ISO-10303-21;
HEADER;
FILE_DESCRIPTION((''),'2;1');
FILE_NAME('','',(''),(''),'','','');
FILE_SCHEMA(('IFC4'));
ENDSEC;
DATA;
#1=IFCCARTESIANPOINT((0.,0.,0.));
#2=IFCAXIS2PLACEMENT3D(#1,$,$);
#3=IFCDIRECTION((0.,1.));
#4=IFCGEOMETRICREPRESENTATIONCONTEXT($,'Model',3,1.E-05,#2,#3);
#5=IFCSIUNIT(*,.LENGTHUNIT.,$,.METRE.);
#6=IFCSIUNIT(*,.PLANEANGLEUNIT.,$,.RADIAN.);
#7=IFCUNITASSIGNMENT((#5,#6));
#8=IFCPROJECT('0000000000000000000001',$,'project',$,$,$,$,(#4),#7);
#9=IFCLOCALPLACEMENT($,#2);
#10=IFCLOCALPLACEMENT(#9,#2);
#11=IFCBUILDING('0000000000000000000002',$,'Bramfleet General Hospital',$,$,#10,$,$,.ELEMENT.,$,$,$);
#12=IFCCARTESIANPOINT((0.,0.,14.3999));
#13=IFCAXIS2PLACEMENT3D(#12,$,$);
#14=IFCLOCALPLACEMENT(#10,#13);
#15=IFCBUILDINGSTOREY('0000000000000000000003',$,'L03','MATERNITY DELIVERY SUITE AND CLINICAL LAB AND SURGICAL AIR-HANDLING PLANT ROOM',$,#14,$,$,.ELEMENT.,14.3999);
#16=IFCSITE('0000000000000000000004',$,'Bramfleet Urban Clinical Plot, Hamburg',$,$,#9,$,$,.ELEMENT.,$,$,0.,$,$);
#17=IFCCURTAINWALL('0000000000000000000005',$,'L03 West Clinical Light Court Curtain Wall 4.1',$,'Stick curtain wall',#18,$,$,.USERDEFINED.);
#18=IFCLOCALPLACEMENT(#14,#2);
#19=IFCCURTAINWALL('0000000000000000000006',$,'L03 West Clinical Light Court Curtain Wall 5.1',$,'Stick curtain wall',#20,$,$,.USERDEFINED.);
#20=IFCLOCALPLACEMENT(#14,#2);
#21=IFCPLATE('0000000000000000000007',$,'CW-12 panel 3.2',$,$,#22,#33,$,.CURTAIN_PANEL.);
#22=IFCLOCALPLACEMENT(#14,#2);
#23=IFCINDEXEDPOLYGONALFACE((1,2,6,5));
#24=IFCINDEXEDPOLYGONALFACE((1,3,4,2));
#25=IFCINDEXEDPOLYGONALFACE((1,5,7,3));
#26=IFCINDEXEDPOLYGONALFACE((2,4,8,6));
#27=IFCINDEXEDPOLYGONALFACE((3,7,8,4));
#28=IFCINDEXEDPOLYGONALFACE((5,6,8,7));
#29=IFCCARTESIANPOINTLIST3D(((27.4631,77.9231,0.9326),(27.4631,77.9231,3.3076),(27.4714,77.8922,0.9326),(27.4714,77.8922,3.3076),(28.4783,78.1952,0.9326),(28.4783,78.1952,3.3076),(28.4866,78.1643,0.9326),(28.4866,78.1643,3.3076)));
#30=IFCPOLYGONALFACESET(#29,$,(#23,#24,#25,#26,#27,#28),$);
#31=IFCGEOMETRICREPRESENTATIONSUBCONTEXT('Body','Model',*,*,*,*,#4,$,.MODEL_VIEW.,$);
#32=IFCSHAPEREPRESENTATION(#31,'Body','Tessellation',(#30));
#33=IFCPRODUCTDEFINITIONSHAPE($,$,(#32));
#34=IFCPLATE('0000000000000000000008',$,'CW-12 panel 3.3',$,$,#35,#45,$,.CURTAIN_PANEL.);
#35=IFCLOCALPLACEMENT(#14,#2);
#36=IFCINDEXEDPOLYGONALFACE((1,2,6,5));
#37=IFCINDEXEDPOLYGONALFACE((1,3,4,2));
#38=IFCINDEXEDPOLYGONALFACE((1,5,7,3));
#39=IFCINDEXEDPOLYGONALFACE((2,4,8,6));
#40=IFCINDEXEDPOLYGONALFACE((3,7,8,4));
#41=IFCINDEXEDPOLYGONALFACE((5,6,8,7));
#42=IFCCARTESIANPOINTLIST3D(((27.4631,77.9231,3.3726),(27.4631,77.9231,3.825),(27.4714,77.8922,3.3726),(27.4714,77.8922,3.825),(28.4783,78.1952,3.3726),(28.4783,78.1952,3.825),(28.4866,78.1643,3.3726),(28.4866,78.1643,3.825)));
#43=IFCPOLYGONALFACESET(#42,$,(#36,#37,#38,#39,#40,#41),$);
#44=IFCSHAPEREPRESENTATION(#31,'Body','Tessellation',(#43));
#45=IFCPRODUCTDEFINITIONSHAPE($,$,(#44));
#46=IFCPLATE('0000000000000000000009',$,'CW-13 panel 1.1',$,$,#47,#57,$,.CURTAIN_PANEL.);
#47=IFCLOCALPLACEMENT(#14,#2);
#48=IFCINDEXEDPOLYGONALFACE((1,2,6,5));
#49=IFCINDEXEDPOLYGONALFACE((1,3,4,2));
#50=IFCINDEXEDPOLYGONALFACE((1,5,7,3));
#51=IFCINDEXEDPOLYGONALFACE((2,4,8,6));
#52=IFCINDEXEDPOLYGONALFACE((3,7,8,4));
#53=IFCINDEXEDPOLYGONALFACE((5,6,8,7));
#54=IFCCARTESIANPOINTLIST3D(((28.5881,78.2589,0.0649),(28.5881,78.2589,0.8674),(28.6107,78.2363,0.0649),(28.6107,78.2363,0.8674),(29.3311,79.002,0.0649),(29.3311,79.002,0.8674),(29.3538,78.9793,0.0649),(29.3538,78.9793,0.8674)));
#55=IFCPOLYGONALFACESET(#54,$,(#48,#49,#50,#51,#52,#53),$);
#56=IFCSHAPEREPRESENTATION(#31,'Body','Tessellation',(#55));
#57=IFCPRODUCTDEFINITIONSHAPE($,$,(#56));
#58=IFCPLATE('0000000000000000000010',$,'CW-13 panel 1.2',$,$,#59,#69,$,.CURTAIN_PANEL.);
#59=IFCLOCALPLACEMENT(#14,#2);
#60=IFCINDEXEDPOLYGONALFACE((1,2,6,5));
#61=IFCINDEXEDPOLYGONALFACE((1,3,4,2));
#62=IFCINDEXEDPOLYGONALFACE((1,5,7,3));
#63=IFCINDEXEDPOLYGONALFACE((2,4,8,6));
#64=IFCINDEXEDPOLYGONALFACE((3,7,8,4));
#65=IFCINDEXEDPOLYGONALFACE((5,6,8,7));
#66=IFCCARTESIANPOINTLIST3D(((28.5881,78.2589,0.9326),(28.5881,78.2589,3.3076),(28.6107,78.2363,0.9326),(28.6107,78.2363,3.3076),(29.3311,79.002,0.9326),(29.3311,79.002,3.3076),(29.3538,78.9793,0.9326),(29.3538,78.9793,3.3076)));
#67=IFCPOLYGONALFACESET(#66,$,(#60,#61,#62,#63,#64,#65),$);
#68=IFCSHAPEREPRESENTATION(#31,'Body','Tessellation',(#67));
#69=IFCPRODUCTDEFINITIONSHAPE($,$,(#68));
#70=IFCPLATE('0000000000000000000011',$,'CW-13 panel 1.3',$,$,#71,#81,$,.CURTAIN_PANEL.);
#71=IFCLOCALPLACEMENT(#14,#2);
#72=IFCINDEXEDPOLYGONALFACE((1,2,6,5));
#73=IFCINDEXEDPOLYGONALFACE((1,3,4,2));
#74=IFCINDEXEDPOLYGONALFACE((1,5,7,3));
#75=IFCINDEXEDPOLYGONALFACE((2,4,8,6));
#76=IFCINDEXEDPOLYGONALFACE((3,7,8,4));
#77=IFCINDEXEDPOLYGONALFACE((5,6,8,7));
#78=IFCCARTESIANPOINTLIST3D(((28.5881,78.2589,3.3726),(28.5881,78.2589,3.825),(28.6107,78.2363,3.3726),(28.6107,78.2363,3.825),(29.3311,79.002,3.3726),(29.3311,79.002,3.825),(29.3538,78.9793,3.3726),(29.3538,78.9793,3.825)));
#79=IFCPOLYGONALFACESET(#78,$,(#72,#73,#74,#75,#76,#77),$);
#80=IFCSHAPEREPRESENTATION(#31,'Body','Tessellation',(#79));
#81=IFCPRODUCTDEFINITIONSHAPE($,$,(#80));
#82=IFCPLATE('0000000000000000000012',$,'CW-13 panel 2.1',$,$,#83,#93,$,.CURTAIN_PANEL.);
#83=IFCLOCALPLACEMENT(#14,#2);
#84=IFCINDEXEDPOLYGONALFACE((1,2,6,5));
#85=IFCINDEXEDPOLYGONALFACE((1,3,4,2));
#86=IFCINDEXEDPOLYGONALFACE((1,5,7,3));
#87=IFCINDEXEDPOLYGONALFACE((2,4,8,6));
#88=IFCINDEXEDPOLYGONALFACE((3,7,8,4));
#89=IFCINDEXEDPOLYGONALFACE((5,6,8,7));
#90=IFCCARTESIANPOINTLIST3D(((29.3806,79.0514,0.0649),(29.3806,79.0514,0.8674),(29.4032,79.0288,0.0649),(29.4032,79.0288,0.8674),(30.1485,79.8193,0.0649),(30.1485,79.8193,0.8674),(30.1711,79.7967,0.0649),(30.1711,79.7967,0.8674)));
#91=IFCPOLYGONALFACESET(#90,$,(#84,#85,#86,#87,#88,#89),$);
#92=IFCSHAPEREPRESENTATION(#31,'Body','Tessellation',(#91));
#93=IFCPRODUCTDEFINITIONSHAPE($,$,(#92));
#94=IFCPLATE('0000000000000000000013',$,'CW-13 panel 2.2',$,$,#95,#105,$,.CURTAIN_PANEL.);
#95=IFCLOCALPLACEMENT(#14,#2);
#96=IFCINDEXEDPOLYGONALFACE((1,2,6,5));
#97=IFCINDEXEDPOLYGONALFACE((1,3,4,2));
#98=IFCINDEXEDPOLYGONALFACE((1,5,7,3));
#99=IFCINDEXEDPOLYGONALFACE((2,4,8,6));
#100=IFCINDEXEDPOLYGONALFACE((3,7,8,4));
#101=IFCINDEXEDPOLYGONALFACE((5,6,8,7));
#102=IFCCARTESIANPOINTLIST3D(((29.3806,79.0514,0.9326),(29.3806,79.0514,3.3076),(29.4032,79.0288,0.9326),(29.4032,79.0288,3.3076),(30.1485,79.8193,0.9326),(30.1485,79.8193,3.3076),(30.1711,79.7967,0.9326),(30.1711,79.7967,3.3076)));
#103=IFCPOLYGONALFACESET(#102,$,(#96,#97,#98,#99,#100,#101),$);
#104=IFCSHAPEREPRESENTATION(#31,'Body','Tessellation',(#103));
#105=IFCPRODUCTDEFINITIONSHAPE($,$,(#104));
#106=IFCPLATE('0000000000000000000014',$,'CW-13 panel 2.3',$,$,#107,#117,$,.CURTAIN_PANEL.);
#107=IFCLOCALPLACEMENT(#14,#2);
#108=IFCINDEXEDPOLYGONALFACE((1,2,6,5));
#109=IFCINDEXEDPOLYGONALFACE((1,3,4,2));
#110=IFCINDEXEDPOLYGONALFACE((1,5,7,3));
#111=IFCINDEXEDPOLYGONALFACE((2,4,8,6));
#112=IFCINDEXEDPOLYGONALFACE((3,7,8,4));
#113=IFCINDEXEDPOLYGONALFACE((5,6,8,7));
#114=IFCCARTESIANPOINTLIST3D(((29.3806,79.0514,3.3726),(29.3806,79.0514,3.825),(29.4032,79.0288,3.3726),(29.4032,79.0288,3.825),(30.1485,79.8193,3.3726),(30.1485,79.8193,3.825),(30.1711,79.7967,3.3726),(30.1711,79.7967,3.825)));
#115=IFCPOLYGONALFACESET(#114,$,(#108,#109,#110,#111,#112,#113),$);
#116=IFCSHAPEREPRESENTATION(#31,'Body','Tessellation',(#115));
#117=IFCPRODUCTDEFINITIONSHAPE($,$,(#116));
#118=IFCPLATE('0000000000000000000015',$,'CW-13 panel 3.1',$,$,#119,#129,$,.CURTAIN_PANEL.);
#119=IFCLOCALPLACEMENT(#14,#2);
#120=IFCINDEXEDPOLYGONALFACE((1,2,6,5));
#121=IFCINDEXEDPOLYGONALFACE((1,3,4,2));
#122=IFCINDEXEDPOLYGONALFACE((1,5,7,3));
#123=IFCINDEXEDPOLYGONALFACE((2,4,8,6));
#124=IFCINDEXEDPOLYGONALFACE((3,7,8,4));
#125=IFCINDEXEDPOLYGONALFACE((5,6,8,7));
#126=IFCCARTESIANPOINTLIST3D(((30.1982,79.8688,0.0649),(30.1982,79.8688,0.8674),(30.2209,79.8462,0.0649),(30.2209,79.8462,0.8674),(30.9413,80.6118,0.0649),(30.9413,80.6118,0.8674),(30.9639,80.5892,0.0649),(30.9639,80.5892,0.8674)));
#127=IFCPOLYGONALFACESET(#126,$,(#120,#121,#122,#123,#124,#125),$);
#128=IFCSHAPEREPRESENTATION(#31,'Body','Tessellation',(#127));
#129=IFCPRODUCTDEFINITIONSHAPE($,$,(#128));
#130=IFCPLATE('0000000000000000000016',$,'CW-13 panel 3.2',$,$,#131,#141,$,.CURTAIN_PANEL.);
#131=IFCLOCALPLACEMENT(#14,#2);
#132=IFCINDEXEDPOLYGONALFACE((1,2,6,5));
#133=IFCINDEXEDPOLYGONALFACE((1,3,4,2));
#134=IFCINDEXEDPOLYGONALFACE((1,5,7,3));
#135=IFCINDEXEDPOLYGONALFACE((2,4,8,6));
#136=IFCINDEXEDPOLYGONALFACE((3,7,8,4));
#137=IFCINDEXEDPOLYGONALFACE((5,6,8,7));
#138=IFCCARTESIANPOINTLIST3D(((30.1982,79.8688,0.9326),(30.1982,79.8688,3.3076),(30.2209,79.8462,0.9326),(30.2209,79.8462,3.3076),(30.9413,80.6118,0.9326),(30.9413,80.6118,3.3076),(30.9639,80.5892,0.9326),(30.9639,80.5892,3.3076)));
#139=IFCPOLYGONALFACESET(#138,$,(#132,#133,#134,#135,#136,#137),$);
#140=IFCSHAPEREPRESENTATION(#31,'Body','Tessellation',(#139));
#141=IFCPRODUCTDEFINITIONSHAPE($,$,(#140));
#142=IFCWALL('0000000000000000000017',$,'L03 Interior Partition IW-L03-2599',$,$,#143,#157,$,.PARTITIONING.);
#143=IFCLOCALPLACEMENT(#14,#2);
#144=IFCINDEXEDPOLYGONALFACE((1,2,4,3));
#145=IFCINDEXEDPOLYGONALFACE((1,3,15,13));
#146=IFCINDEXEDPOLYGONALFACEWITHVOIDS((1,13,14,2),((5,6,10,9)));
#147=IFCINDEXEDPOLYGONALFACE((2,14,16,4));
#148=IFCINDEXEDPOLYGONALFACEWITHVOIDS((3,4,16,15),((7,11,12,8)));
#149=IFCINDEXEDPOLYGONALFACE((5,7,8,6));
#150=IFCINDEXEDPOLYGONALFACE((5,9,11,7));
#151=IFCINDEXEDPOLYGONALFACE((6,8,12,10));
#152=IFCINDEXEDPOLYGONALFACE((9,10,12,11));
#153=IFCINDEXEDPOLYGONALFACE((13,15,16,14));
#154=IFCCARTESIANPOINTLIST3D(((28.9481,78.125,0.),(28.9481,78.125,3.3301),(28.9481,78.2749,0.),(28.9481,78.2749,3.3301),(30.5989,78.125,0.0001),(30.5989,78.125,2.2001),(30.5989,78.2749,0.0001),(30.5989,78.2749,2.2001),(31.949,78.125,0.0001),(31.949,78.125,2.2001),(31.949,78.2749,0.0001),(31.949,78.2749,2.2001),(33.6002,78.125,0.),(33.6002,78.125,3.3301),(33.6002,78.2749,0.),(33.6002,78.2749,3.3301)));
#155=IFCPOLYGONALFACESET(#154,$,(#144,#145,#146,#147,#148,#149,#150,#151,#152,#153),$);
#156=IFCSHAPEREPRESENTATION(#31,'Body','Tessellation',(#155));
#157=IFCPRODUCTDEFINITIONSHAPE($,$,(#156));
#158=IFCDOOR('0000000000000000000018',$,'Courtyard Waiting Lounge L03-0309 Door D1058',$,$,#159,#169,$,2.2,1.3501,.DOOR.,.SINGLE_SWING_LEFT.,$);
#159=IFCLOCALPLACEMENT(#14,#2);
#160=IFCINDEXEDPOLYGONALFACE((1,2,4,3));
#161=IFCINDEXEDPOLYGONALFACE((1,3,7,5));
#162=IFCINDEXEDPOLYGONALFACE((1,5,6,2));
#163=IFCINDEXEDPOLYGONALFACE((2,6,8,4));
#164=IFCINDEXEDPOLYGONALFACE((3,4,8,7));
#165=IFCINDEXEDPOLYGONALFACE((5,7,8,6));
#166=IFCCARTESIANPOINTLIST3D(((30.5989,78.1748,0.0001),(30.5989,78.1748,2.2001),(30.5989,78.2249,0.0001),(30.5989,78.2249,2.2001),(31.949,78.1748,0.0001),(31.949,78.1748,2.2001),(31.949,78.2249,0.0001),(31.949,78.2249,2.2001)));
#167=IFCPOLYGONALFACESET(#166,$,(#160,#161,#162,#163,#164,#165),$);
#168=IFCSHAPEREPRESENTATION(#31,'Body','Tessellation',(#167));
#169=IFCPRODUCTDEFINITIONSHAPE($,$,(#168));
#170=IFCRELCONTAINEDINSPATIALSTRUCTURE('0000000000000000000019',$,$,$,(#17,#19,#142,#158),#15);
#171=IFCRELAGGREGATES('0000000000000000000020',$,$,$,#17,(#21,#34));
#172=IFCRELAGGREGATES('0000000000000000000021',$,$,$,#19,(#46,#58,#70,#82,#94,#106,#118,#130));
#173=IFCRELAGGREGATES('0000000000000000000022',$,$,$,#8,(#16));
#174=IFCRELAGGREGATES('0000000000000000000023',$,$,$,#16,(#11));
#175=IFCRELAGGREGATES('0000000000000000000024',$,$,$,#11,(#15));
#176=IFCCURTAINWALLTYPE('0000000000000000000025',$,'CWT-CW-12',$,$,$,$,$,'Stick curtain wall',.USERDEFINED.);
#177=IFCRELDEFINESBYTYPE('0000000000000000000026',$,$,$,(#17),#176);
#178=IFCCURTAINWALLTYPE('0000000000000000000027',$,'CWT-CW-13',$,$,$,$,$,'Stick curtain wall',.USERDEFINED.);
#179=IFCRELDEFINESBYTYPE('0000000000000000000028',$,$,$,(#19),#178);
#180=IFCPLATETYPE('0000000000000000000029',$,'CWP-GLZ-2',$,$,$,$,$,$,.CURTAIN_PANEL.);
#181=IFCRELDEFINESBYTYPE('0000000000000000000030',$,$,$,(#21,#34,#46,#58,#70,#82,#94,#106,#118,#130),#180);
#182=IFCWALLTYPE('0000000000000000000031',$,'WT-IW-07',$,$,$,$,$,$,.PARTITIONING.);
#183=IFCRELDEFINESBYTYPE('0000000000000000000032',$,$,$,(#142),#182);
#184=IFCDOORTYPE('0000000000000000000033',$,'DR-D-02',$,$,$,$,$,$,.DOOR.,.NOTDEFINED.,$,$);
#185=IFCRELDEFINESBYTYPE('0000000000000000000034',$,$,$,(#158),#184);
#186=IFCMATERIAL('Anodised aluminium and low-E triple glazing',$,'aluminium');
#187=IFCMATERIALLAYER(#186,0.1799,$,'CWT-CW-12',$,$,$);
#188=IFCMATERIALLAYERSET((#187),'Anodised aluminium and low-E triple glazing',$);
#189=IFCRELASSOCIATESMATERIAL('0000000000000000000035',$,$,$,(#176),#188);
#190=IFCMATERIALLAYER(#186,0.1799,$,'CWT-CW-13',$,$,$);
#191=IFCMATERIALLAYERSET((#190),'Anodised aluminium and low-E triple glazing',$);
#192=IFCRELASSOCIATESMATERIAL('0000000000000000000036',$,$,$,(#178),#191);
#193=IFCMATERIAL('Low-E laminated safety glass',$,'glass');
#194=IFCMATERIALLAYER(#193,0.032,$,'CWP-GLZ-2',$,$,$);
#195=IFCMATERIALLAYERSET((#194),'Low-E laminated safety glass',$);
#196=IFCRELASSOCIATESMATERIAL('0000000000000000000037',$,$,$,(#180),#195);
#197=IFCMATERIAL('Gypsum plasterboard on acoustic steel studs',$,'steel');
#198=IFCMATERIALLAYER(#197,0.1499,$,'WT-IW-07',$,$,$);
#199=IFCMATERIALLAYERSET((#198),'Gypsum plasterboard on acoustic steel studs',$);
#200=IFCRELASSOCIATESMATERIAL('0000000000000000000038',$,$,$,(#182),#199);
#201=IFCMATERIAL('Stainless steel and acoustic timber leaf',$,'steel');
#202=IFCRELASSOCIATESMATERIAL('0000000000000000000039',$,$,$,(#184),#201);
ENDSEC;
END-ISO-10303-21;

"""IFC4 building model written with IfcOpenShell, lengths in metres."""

from ifc_helpers import new_model, si_unit, direction, frame, frame_2d, origin, origin_2d, place, context, subcontext, project, spatial, rectangle, extrude, material, layer, layer_set, type_object, element, fill, aggregate, save


model = new_model("IFC4")

# Units and contexts
model_context = context("Model", 3, precision=1e-05, world=origin(), true_north=direction((0.0, 1.0)))
body_context = subcontext(model_context, "Body", "Model", "MODEL_VIEW")
ifc_project = project(units=[si_unit("LENGTHUNIT", "METRE"), si_unit("PLANEANGLEUNIT", "RADIAN")], contexts=[model_context])

# Site, building, storey
site_placement = place(None, origin())
site = spatial("IfcSite", under=ifc_project, at=site_placement, Name="Bramfleet Urban Clinical Plot, Hamburg", CompositionType="ELEMENT", RefElevation=0.0)
building_placement = place(site_placement, origin())
building = spatial("IfcBuilding", under=site, at=building_placement, Name="Bramfleet General Hospital", CompositionType="ELEMENT")
storey_placement = place(building_placement, frame((0.0, 0.0, 14.3999)))
storey = spatial("IfcBuildingStorey", under=building, at=storey_placement, Name="L03", Description="MATERNITY DELIVERY SUITE AND CLINICAL LAB AND SURGICAL AIR-HANDLING PLANT ROOM", CompositionType="ELEMENT", Elevation=14.3999)

# Curtain walls
ifc_material_1 = material(Name="Anodised aluminium and low-E triple glazing", Category="aluminium")
ifc_layer_1 = layer(ifc_material_1, 0.1799, Name="CWT-CW-12")
ifc_layer_set_1 = layer_set([ifc_layer_1], Name="Anodised aluminium and low-E triple glazing")
curtain_wall_type_1 = type_object("IfcCurtainWallType", Name="CWT-CW-12", ElementType="Stick curtain wall", PredefinedType="USERDEFINED", material=ifc_layer_set_1)
curtain_wall_1_placement = place(storey_placement, origin())
curtain_wall_1 = element("IfcCurtainWall", 1, at=curtain_wall_1_placement, inside=storey, type_object=curtain_wall_type_1, Name="L03 West Clinical Light Court Curtain Wall 4.1", ObjectType="Stick curtain wall", PredefinedType="USERDEFINED")
ifc_layer_2 = layer(ifc_material_1, 0.1799, Name="CWT-CW-13")
ifc_layer_set_2 = layer_set([ifc_layer_2], Name="Anodised aluminium and low-E triple glazing")
curtain_wall_type_2 = type_object("IfcCurtainWallType", Name="CWT-CW-13", ElementType="Stick curtain wall", PredefinedType="USERDEFINED", material=ifc_layer_set_2)
curtain_wall_2_placement = place(storey_placement, origin())
curtain_wall_2 = element("IfcCurtainWall", 2, at=curtain_wall_2_placement, inside=storey, type_object=curtain_wall_type_2, Name="L03 West Clinical Light Court Curtain Wall 5.1", ObjectType="Stick curtain wall", PredefinedType="USERDEFINED")

# Plates
ifc_material_2 = material(Name="Low-E laminated safety glass", Category="glass")
ifc_layer_3 = layer(ifc_material_2, 0.032, Name="CWP-GLZ-2")
ifc_layer_set_3 = layer_set([ifc_layer_3], Name="Low-E laminated safety glass")
plate_type = type_object("IfcPlateType", Name="CWP-GLZ-2", PredefinedType="CURTAIN_PANEL", material=ifc_layer_set_3)
plate_1_placement = place(storey_placement, frame((27.9749, 78.0437, 0.9326), z_axis=(0.0, 0.0, 1.0), x_axis=(0.965899, 0.258919, 0.0)))
plate_1 = element("IfcPlate", 3, at=plate_1_placement, type_object=plate_type, Name="CW-12 panel 3.2", PredefinedType="CURTAIN_PANEL", context=body_context, shape_type="SweptSolid", body=[
    extrude(rectangle(XDim=1.051, YDim=0.032, at=origin_2d()), origin(), (0.0, 0.0, 1.0), 2.375),
])
plate_2_placement = place(storey_placement, frame((27.9749, 78.0437, 3.3726), z_axis=(0.0, 0.0, 1.0), x_axis=(0.965899, 0.258919, 0.0)))
plate_2 = element("IfcPlate", 4, at=plate_2_placement, type_object=plate_type, Name="CW-12 panel 3.3", PredefinedType="CURTAIN_PANEL", context=body_context, shape_type="SweptSolid", body=[
    extrude(rectangle(XDim=1.051, YDim=0.032, at=origin_2d()), origin(), (0.0, 0.0, 1.0), 0.4524),
])
aggregate(curtain_wall_1, [plate_1, plate_2])
plate_3_placement = place(storey_placement, frame((28.9709, 78.6191, 0.0649), z_axis=(0.0, 0.0, 1.0), x_axis=(0.707107, 0.707107, 0.0)))
plate_3 = element("IfcPlate", 5, at=plate_3_placement, type_object=plate_type, Name="CW-13 panel 1.1", PredefinedType="CURTAIN_PANEL", context=body_context, shape_type="SweptSolid", body=[
    extrude(rectangle(XDim=1.0508, YDim=0.032, at=origin_2d()), origin(), (0.0, 0.0, 1.0), 0.8025),
])
plate_4_placement = place(storey_placement, frame((28.9709, 78.6191, 0.9326), z_axis=(0.0, 0.0, 1.0), x_axis=(0.707107, 0.707107, 0.0)))
plate_4 = element("IfcPlate", 6, at=plate_4_placement, type_object=plate_type, Name="CW-13 panel 1.2", PredefinedType="CURTAIN_PANEL", context=body_context, shape_type="SweptSolid", body=[
    extrude(rectangle(XDim=1.0508, YDim=0.032, at=origin_2d()), origin(), (0.0, 0.0, 1.0), 2.375),
])
plate_5_placement = place(storey_placement, frame((28.9709, 78.6191, 3.3726), z_axis=(0.0, 0.0, 1.0), x_axis=(0.707107, 0.707107, 0.0)))
plate_5 = element("IfcPlate", 7, at=plate_5_placement, type_object=plate_type, Name="CW-13 panel 1.3", PredefinedType="CURTAIN_PANEL", context=body_context, shape_type="SweptSolid", body=[
    extrude(rectangle(XDim=1.0508, YDim=0.032, at=origin_2d()), origin(), (0.0, 0.0, 1.0), 0.4524),
])
plate_6_placement = place(storey_placement, frame((29.7759, 79.4241, 0.0649), z_axis=(0.0, 0.0, 1.0), x_axis=(0.707107, 0.707107, 0.0)))
plate_6 = element("IfcPlate", 8, at=plate_6_placement, type_object=plate_type, Name="CW-13 panel 2.1", PredefinedType="CURTAIN_PANEL", context=body_context, shape_type="SweptSolid", body=[
    extrude(rectangle(XDim=1.0859, YDim=0.032, at=origin_2d()), origin(), (0.0, 0.0, 1.0), 0.8025),
])
plate_7_placement = place(storey_placement, frame((29.7759, 79.4241, 0.9326), z_axis=(0.0, 0.0, 1.0), x_axis=(0.707107, 0.707107, 0.0)))
plate_7 = element("IfcPlate", 9, at=plate_7_placement, type_object=plate_type, Name="CW-13 panel 2.2", PredefinedType="CURTAIN_PANEL", context=body_context, shape_type="SweptSolid", body=[
    extrude(rectangle(XDim=1.0859, YDim=0.032, at=origin_2d()), origin(), (0.0, 0.0, 1.0), 2.375),
])
plate_8_placement = place(storey_placement, frame((29.7759, 79.4241, 3.3726), z_axis=(0.0, 0.0, 1.0), x_axis=(0.707107, 0.707107, 0.0)))
plate_8 = element("IfcPlate", 10, at=plate_8_placement, type_object=plate_type, Name="CW-13 panel 2.3", PredefinedType="CURTAIN_PANEL", context=body_context, shape_type="SweptSolid", body=[
    extrude(rectangle(XDim=1.0859, YDim=0.032, at=origin_2d()), origin(), (0.0, 0.0, 1.0), 0.4524),
])
plate_9_placement = place(storey_placement, frame((30.5811, 80.229, 0.0649), z_axis=(0.0, 0.0, 1.0), x_axis=(0.707107, 0.707107, 0.0)))
plate_9 = element("IfcPlate", 11, at=plate_9_placement, type_object=plate_type, Name="CW-13 panel 3.1", PredefinedType="CURTAIN_PANEL", context=body_context, shape_type="SweptSolid", body=[
    extrude(rectangle(XDim=1.0508, YDim=0.032, at=origin_2d()), origin(), (0.0, 0.0, 1.0), 0.8025),
])
plate_10_placement = place(storey_placement, frame((30.5811, 80.229, 0.9326), z_axis=(0.0, 0.0, 1.0), x_axis=(0.707107, 0.707107, 0.0)))
plate_10 = element("IfcPlate", 12, at=plate_10_placement, type_object=plate_type, Name="CW-13 panel 3.2", PredefinedType="CURTAIN_PANEL", context=body_context, shape_type="SweptSolid", body=[
    extrude(rectangle(XDim=1.0508, YDim=0.032, at=origin_2d()), origin(), (0.0, 0.0, 1.0), 2.375),
])
aggregate(curtain_wall_2, [plate_3, plate_4, plate_5, plate_6, plate_7, plate_8, plate_9, plate_10])

# Wall, opening, door
ifc_material_3 = material(Name="Gypsum plasterboard on acoustic steel studs", Category="steel")
ifc_layer_4 = layer(ifc_material_3, 0.1499, Name="WT-IW-07")
ifc_layer_set_4 = layer_set([ifc_layer_4], Name="Gypsum plasterboard on acoustic steel studs")
wall_type = type_object("IfcWallType", Name="WT-IW-07", PredefinedType="PARTITIONING", material=ifc_layer_set_4)
wall_placement = place(storey_placement, frame((28.948, 78.2, 0.0), z_axis=(0.0, 0.0, 1.0), x_axis=(1.0, 0.0, 0.0)))
wall = element("IfcWall", 13, at=wall_placement, inside=storey, type_object=wall_type, Name="L03 Interior Partition IW-L03-2599", PredefinedType="PARTITIONING", context=body_context, shape_type="SweptSolid", body=[
    extrude(rectangle(XDim=4.6521, YDim=0.1499, at=frame_2d((2.3262, 0.0))), origin(), (0.0, 0.0, 1.0), 3.3301),
])
opening_placement = place(wall_placement, frame((1.6509, 0.0, 0.0)))
opening = element("IfcOpeningElement", 14, at=opening_placement, cuts=wall, PredefinedType="OPENING", context=body_context, shape_type="SweptSolid", body=[
    extrude(rectangle(XDim=1.3501, YDim=2.2, at=frame_2d((0.675, 1.1001))), frame((0.0, 0.085, 0.0), z_axis=(0.0, -1.0, 0.0), x_axis=(1.0, 0.0, 0.0)), (0.0, 0.0, 1.0), 0.1699),
])
ifc_material_4 = material(Name="Stainless steel and acoustic timber leaf", Category="steel")
door_type = type_object("IfcDoorType", Name="DR-D-02", OperationType="NOTDEFINED", PredefinedType="DOOR", material=ifc_material_4)
door_placement = place(opening_placement, origin())
door = element("IfcDoor", 15, at=door_placement, inside=storey, type_object=door_type, Name="Courtyard Waiting Lounge L03-0309 Door D1058", OperationType="SINGLE_SWING_LEFT", OverallHeight=2.2, OverallWidth=1.3501, PredefinedType="DOOR", context=body_context, shape_type="SweptSolid", body=[
    extrude(rectangle(XDim=1.3501, YDim=2.2, at=frame_2d((0.675, 1.1001))), frame((0.0, 0.0249, 0.0), z_axis=(0.0, -1.0, 0.0), x_axis=(1.0, 0.0, 0.0)), (0.0, 0.0, 1.0), 0.05),
])
fill(opening, door)

save(model, "model.ifc")
